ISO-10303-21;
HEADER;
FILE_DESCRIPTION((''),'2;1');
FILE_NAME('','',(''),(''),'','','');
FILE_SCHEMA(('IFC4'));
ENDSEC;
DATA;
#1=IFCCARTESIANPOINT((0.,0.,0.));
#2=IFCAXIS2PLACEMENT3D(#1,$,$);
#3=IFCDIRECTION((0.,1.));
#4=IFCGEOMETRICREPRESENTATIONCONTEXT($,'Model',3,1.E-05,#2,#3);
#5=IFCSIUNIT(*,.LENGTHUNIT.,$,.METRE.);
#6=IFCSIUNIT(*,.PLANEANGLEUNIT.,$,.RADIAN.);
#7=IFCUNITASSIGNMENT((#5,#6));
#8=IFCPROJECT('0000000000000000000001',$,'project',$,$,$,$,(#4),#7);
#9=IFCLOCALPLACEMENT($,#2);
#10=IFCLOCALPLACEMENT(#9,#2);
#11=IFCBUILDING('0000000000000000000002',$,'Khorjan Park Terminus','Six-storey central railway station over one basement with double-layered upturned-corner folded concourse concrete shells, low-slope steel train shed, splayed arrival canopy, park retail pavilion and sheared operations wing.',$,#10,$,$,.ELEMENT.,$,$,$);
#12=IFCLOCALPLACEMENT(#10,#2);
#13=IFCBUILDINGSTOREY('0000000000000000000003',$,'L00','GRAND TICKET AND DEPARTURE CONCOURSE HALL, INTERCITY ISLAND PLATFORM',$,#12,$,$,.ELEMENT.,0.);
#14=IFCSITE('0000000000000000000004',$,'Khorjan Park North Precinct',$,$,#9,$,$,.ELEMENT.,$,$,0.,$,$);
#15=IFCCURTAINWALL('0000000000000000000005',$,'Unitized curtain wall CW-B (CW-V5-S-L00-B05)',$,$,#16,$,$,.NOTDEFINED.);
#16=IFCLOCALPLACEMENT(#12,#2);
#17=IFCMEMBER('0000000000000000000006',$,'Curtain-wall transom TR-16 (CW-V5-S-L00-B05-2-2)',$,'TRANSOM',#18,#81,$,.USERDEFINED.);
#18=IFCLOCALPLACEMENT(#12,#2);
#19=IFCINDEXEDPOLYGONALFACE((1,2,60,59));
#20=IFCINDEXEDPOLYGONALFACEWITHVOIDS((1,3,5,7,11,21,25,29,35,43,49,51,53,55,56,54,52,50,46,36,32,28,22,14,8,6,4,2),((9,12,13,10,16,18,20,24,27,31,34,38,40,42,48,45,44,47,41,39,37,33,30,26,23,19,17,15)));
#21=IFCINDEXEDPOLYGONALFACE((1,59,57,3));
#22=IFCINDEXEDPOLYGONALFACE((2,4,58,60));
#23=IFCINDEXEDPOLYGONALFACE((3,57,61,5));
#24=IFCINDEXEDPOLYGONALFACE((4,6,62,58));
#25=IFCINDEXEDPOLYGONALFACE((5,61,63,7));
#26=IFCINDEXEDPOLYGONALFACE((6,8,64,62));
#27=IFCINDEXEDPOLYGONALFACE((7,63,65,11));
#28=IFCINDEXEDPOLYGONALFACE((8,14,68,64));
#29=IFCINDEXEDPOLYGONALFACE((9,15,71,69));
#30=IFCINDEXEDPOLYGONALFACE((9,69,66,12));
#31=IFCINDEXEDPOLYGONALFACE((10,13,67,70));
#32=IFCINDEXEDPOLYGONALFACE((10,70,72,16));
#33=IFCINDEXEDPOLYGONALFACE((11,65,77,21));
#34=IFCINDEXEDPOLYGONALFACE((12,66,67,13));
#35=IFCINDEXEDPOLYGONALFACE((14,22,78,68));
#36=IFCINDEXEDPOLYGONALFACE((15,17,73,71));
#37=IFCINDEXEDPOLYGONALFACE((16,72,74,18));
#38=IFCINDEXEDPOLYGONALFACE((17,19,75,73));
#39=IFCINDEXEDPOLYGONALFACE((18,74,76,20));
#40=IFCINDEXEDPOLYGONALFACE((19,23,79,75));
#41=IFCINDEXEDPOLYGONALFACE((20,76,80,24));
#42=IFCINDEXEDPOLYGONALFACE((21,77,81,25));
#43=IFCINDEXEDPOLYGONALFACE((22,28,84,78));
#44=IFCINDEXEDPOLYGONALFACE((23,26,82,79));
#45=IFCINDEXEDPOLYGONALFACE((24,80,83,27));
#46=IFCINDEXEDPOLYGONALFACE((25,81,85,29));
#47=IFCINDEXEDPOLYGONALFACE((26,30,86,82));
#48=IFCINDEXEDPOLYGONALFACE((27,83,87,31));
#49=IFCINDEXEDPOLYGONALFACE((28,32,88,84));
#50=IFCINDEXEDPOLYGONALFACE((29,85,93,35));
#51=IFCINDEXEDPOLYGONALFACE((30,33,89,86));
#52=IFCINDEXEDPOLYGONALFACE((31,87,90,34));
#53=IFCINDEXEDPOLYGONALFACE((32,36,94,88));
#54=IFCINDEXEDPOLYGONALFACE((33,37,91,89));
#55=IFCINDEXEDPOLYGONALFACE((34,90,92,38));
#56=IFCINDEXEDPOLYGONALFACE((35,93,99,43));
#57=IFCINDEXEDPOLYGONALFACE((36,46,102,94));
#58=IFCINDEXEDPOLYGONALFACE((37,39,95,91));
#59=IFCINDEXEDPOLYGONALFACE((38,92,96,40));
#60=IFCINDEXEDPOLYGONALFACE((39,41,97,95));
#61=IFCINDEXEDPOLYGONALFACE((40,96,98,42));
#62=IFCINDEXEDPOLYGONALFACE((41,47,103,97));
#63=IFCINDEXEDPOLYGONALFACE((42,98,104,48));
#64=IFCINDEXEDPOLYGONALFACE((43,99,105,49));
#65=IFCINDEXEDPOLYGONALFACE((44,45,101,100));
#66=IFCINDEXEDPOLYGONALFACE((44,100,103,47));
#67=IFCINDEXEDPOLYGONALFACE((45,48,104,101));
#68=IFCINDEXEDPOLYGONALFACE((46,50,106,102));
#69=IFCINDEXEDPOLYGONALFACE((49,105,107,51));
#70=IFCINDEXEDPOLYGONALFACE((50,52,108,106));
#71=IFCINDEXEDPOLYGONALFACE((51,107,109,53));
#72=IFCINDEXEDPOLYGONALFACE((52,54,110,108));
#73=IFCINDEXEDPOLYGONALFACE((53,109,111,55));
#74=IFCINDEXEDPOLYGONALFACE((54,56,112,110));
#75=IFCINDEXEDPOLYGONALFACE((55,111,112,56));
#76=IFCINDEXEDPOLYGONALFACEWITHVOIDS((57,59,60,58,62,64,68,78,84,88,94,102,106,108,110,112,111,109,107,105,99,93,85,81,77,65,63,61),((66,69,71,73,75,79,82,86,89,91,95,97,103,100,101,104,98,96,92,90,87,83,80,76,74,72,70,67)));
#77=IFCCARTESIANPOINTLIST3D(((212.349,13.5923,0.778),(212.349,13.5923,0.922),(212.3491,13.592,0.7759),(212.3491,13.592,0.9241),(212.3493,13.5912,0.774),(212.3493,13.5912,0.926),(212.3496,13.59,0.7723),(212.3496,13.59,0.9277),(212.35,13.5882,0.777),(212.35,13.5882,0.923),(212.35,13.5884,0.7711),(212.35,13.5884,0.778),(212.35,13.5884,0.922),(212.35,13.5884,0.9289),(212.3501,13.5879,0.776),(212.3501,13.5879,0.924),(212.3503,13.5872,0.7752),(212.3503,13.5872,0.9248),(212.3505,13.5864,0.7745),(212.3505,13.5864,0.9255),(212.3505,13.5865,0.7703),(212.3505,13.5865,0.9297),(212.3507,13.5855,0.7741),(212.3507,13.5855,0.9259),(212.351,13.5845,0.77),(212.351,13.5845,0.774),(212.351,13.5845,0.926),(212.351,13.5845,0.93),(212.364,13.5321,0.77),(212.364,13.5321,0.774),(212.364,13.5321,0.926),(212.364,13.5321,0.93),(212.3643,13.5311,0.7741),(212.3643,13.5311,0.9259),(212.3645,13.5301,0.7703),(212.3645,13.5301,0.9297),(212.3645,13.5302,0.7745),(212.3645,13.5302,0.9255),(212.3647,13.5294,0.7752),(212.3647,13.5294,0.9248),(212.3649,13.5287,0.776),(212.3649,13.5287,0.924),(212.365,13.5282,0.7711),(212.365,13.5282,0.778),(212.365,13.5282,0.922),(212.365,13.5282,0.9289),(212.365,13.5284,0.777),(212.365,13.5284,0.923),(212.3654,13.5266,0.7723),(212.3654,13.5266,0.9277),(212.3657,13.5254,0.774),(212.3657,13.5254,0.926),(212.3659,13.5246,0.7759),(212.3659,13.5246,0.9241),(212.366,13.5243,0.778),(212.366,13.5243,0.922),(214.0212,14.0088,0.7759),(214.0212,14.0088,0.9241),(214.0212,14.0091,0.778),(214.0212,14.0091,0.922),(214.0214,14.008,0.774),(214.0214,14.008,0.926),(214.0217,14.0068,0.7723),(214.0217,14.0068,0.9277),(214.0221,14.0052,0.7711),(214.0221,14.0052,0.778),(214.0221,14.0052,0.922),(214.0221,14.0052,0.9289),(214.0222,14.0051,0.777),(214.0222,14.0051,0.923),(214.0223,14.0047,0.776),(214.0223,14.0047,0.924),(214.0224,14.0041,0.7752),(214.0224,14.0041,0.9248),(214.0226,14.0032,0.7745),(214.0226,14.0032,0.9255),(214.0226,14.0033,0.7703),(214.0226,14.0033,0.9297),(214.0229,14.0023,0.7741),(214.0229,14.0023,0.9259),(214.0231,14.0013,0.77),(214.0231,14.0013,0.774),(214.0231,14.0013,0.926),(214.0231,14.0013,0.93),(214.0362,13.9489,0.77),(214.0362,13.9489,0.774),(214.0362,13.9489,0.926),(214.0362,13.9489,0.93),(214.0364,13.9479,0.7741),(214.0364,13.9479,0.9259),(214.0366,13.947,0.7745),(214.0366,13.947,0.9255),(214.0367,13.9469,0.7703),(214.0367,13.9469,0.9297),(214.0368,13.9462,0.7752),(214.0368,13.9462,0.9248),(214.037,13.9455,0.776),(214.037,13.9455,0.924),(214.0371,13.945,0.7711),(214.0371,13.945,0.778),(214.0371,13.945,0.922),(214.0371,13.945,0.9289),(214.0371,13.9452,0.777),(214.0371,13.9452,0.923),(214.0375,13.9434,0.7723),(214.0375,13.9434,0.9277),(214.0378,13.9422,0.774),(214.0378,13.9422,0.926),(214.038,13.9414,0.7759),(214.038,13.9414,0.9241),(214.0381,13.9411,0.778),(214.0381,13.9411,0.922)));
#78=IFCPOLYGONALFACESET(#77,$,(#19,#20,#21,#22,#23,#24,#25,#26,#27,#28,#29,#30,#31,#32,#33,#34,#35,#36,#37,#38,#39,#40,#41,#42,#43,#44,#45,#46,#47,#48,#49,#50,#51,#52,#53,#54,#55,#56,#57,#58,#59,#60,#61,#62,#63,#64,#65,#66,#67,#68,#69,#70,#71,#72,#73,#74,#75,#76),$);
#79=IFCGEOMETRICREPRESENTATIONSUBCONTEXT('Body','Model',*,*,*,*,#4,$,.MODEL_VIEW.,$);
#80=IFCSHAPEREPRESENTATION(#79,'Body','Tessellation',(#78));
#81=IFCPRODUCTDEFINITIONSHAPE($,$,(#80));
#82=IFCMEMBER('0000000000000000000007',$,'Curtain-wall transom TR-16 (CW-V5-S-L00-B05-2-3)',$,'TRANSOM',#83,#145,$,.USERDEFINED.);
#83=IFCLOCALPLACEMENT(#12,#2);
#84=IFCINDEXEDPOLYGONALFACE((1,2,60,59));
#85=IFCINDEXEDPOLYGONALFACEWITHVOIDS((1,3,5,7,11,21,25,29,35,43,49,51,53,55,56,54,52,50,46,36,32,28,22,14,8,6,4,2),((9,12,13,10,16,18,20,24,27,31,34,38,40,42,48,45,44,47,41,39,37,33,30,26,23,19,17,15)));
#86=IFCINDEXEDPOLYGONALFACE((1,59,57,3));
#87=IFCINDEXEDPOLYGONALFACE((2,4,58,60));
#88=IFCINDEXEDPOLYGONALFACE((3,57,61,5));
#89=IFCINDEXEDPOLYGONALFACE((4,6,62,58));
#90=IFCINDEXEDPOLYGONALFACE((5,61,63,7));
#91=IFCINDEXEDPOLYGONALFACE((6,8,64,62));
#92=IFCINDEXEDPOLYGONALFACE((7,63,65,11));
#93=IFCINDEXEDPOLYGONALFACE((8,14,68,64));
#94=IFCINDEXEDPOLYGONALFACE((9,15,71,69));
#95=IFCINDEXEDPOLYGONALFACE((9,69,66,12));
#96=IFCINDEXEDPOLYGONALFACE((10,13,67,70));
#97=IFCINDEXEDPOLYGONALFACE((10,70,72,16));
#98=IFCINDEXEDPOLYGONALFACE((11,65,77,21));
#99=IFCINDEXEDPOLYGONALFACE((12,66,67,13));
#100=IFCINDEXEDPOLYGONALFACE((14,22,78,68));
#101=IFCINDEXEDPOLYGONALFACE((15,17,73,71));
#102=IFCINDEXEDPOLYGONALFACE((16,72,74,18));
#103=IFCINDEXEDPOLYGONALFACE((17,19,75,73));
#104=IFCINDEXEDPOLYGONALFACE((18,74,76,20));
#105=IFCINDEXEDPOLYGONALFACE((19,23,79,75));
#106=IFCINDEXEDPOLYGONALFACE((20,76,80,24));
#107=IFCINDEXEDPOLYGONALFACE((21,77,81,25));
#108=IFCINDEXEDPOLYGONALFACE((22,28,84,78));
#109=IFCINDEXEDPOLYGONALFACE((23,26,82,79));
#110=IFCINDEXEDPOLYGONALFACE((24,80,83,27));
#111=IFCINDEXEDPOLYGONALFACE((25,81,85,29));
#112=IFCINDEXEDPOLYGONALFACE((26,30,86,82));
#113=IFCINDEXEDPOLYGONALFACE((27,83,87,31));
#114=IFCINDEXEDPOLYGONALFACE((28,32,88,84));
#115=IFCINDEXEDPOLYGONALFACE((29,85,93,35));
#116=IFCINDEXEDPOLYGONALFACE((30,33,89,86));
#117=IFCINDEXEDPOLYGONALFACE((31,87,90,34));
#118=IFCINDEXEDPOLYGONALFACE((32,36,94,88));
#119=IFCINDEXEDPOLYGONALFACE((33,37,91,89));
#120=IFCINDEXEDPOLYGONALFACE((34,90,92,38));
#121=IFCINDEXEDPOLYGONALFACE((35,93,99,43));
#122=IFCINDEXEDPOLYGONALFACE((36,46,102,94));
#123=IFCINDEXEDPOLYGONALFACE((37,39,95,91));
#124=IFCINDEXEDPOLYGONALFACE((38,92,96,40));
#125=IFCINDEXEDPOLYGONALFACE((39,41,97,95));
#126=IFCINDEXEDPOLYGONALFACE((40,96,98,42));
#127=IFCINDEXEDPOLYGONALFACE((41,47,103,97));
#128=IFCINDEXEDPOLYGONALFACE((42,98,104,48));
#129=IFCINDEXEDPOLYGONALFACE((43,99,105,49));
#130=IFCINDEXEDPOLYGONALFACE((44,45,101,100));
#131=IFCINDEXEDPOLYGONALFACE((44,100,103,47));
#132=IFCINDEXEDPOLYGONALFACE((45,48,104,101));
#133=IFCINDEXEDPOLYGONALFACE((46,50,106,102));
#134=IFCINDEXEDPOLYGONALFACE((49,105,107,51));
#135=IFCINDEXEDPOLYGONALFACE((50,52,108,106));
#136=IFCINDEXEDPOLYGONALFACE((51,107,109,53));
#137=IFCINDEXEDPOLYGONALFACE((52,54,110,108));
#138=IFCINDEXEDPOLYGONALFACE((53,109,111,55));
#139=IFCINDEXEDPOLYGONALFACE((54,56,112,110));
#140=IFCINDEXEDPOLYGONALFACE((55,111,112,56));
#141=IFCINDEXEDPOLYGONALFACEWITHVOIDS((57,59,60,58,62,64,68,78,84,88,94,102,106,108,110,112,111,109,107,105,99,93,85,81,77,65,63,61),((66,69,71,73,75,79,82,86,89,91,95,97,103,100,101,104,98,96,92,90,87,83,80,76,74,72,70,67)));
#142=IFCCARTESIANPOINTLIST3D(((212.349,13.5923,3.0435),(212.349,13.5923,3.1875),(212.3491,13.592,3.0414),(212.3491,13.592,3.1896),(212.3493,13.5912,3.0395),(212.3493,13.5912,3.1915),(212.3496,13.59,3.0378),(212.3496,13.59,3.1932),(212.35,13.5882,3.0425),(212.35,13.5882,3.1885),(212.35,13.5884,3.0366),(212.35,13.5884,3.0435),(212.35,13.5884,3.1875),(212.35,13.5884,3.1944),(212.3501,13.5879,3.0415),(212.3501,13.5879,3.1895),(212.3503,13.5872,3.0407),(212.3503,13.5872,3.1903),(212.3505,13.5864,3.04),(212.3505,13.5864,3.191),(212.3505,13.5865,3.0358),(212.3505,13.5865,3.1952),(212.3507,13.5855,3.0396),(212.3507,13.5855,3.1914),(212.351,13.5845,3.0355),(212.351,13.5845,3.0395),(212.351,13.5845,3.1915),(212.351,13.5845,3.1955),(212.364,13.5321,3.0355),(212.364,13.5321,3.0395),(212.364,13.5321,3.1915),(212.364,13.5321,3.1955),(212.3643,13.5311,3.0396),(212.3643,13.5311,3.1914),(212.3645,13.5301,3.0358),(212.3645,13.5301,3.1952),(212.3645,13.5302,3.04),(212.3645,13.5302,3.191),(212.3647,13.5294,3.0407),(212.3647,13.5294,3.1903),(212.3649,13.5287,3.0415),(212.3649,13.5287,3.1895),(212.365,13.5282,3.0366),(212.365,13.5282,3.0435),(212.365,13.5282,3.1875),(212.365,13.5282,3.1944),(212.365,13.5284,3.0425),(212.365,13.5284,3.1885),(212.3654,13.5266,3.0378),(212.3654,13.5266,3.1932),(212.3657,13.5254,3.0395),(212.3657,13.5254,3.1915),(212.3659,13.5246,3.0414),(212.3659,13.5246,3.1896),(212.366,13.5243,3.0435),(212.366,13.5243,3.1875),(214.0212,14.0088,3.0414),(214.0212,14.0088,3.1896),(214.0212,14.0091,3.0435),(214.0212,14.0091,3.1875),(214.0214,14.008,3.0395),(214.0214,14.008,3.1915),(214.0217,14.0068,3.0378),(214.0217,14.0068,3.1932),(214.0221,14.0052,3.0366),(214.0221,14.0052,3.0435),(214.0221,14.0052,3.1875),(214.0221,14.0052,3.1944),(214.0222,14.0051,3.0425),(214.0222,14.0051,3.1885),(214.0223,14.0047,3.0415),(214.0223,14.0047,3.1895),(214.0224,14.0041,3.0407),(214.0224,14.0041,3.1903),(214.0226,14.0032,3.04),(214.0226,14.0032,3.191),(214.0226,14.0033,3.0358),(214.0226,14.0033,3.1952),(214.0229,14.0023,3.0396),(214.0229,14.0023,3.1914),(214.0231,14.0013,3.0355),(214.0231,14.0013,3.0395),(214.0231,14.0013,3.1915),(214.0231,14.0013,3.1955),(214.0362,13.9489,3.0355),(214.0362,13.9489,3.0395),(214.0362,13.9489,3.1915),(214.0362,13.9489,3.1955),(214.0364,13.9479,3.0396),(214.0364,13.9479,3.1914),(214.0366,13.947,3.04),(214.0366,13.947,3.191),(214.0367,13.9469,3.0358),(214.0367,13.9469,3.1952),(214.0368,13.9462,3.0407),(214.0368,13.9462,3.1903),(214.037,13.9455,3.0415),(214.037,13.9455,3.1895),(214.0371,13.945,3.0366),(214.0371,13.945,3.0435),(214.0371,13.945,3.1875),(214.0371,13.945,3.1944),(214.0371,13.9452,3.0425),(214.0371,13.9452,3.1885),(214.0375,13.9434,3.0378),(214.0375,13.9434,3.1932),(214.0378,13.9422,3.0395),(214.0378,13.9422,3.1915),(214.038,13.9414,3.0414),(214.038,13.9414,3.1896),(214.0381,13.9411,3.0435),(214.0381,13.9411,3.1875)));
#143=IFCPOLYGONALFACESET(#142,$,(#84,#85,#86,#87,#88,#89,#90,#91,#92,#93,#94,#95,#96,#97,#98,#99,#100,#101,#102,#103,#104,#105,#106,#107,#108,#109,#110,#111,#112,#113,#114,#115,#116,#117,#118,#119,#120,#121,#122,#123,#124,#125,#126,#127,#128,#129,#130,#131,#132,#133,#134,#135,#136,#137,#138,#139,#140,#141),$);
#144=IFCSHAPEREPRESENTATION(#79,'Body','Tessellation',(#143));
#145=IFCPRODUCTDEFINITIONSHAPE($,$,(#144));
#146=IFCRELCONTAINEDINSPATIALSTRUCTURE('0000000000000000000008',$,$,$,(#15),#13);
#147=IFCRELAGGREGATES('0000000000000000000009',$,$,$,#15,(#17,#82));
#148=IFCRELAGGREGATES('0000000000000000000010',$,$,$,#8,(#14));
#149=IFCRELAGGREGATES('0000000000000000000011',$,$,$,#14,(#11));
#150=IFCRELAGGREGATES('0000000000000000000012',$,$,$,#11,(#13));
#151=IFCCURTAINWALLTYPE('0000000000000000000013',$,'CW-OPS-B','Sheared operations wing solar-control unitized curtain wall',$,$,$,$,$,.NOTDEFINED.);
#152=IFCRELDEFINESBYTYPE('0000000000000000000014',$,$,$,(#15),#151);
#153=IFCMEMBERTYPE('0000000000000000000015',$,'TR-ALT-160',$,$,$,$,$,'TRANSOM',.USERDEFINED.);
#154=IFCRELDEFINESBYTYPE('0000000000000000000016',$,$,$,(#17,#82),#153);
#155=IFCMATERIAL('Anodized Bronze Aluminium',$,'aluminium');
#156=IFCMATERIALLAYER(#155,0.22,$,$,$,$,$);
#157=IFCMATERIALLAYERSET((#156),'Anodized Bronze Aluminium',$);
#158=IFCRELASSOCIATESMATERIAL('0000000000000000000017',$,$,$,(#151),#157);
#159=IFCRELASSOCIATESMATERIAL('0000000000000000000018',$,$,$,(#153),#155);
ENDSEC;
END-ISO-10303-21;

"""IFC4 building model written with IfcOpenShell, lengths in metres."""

from ifc_helpers import new_model, si_unit, direction, frame, origin, origin_2d, place, context, subcontext, project, spatial, hollow_rectangle, extrude, material, layer, layer_set, material_profile, profile_set, type_object, element, aggregate, save


model = new_model("IFC4")

# Units and contexts
model_context = context("Model", 3, precision=1e-05, world=origin(), true_north=direction((0.0, 1.0)))
body_context = subcontext(model_context, "Body", "Model", "MODEL_VIEW")
ifc_project = project(units=[si_unit("LENGTHUNIT", "METRE"), si_unit("PLANEANGLEUNIT", "RADIAN")], contexts=[model_context])

# Site, building, storey
site_placement = place(None, origin())
site = spatial("IfcSite", under=ifc_project, at=site_placement, Name="Khorjan Park North Precinct", CompositionType="ELEMENT", RefElevation=0.0)
building_placement = place(site_placement, origin())
building = spatial("IfcBuilding", under=site, at=building_placement, Name="Khorjan Park Terminus", Description="Six-storey central railway station over one basement with double-layered upturned-corner folded concourse concrete shells, low-slope steel train shed, splayed arrival canopy, park retail pavilion and sheared operations wing.", CompositionType="ELEMENT")
storey_placement = place(building_placement, origin())
storey = spatial("IfcBuildingStorey", under=building, at=storey_placement, Name="L00", Description="GRAND TICKET AND DEPARTURE CONCOURSE HALL, INTERCITY ISLAND PLATFORM", CompositionType="ELEMENT", Elevation=0.0)

# Curtain wall, members
ifc_material_1 = material(Name="Anodized Bronze Aluminium", Category="aluminium")
ifc_layer_1 = layer(ifc_material_1, 0.22)
ifc_layer_set_1 = layer_set([ifc_layer_1], Name="Anodized Bronze Aluminium")
curtain_wall_type = type_object("IfcCurtainWallType", Name="CW-OPS-B", Description="Sheared operations wing solar-control unitized curtain wall", PredefinedType="NOTDEFINED", material=ifc_layer_set_1)
curtain_wall_placement = place(storey_placement, origin())
curtain_wall = element("IfcCurtainWall", 1, at=curtain_wall_placement, inside=storey, type_object=curtain_wall_type, Name="Unitized curtain wall CW-B (CW-V5-S-L00-B05)", PredefinedType="NOTDEFINED")
ifc_material_profile_1 = material_profile(ifc_material_1, hollow_rectangle(XDim=0.07, YDim=0.16, WallThickness=0.004, InnerFilletRadius=0.004, OuterFilletRadius=0.008, at=origin_2d()), Name="ALT 70x160x4")
ifc_profile_set_1 = profile_set([ifc_material_profile_1], Name="Anodized Bronze Aluminium")
member_type_1 = type_object("IfcMemberType", Name="TR-ALT-160", ElementType="TRANSOM", PredefinedType="USERDEFINED", material=ifc_profile_set_1)
member_1_placement = place(storey_placement, frame((212.3575, 13.5583, 0.85), z_axis=(0.97031, 0.241867, 0.0), x_axis=(-0.241867, 0.97031, 0.0)))
member_1 = element("IfcMember", 2, at=member_1_placement, type_object=member_type_1, Name="Curtain-wall transom TR-16 (CW-V5-S-L00-B05-2-2)", ObjectType="TRANSOM", PredefinedType="USERDEFINED", context=body_context, shape_type="SweptSolid", body=[
    extrude(hollow_rectangle(XDim=0.07, YDim=0.16, WallThickness=0.004, InnerFilletRadius=0.004, OuterFilletRadius=0.008, at=origin_2d()), origin(), (0.0, 0.0, 1.0), 1.7233),
])
member_2_placement = place(storey_placement, frame((212.3575, 13.5583, 3.1155), z_axis=(0.97031, 0.241867, 0.0), x_axis=(-0.241867, 0.97031, 0.0)))
member_2 = element("IfcMember", 3, at=member_2_placement, type_object=member_type_1, Name="Curtain-wall transom TR-16 (CW-V5-S-L00-B05-2-3)", ObjectType="TRANSOM", PredefinedType="USERDEFINED", context=body_context, shape_type="SweptSolid", body=[
    extrude(hollow_rectangle(XDim=0.07, YDim=0.16, WallThickness=0.004, InnerFilletRadius=0.004, OuterFilletRadius=0.008, at=origin_2d()), origin(), (0.0, 0.0, 1.0), 1.7233),
])
aggregate(curtain_wall, [member_1, member_2])

save(model, "model.ifc")
